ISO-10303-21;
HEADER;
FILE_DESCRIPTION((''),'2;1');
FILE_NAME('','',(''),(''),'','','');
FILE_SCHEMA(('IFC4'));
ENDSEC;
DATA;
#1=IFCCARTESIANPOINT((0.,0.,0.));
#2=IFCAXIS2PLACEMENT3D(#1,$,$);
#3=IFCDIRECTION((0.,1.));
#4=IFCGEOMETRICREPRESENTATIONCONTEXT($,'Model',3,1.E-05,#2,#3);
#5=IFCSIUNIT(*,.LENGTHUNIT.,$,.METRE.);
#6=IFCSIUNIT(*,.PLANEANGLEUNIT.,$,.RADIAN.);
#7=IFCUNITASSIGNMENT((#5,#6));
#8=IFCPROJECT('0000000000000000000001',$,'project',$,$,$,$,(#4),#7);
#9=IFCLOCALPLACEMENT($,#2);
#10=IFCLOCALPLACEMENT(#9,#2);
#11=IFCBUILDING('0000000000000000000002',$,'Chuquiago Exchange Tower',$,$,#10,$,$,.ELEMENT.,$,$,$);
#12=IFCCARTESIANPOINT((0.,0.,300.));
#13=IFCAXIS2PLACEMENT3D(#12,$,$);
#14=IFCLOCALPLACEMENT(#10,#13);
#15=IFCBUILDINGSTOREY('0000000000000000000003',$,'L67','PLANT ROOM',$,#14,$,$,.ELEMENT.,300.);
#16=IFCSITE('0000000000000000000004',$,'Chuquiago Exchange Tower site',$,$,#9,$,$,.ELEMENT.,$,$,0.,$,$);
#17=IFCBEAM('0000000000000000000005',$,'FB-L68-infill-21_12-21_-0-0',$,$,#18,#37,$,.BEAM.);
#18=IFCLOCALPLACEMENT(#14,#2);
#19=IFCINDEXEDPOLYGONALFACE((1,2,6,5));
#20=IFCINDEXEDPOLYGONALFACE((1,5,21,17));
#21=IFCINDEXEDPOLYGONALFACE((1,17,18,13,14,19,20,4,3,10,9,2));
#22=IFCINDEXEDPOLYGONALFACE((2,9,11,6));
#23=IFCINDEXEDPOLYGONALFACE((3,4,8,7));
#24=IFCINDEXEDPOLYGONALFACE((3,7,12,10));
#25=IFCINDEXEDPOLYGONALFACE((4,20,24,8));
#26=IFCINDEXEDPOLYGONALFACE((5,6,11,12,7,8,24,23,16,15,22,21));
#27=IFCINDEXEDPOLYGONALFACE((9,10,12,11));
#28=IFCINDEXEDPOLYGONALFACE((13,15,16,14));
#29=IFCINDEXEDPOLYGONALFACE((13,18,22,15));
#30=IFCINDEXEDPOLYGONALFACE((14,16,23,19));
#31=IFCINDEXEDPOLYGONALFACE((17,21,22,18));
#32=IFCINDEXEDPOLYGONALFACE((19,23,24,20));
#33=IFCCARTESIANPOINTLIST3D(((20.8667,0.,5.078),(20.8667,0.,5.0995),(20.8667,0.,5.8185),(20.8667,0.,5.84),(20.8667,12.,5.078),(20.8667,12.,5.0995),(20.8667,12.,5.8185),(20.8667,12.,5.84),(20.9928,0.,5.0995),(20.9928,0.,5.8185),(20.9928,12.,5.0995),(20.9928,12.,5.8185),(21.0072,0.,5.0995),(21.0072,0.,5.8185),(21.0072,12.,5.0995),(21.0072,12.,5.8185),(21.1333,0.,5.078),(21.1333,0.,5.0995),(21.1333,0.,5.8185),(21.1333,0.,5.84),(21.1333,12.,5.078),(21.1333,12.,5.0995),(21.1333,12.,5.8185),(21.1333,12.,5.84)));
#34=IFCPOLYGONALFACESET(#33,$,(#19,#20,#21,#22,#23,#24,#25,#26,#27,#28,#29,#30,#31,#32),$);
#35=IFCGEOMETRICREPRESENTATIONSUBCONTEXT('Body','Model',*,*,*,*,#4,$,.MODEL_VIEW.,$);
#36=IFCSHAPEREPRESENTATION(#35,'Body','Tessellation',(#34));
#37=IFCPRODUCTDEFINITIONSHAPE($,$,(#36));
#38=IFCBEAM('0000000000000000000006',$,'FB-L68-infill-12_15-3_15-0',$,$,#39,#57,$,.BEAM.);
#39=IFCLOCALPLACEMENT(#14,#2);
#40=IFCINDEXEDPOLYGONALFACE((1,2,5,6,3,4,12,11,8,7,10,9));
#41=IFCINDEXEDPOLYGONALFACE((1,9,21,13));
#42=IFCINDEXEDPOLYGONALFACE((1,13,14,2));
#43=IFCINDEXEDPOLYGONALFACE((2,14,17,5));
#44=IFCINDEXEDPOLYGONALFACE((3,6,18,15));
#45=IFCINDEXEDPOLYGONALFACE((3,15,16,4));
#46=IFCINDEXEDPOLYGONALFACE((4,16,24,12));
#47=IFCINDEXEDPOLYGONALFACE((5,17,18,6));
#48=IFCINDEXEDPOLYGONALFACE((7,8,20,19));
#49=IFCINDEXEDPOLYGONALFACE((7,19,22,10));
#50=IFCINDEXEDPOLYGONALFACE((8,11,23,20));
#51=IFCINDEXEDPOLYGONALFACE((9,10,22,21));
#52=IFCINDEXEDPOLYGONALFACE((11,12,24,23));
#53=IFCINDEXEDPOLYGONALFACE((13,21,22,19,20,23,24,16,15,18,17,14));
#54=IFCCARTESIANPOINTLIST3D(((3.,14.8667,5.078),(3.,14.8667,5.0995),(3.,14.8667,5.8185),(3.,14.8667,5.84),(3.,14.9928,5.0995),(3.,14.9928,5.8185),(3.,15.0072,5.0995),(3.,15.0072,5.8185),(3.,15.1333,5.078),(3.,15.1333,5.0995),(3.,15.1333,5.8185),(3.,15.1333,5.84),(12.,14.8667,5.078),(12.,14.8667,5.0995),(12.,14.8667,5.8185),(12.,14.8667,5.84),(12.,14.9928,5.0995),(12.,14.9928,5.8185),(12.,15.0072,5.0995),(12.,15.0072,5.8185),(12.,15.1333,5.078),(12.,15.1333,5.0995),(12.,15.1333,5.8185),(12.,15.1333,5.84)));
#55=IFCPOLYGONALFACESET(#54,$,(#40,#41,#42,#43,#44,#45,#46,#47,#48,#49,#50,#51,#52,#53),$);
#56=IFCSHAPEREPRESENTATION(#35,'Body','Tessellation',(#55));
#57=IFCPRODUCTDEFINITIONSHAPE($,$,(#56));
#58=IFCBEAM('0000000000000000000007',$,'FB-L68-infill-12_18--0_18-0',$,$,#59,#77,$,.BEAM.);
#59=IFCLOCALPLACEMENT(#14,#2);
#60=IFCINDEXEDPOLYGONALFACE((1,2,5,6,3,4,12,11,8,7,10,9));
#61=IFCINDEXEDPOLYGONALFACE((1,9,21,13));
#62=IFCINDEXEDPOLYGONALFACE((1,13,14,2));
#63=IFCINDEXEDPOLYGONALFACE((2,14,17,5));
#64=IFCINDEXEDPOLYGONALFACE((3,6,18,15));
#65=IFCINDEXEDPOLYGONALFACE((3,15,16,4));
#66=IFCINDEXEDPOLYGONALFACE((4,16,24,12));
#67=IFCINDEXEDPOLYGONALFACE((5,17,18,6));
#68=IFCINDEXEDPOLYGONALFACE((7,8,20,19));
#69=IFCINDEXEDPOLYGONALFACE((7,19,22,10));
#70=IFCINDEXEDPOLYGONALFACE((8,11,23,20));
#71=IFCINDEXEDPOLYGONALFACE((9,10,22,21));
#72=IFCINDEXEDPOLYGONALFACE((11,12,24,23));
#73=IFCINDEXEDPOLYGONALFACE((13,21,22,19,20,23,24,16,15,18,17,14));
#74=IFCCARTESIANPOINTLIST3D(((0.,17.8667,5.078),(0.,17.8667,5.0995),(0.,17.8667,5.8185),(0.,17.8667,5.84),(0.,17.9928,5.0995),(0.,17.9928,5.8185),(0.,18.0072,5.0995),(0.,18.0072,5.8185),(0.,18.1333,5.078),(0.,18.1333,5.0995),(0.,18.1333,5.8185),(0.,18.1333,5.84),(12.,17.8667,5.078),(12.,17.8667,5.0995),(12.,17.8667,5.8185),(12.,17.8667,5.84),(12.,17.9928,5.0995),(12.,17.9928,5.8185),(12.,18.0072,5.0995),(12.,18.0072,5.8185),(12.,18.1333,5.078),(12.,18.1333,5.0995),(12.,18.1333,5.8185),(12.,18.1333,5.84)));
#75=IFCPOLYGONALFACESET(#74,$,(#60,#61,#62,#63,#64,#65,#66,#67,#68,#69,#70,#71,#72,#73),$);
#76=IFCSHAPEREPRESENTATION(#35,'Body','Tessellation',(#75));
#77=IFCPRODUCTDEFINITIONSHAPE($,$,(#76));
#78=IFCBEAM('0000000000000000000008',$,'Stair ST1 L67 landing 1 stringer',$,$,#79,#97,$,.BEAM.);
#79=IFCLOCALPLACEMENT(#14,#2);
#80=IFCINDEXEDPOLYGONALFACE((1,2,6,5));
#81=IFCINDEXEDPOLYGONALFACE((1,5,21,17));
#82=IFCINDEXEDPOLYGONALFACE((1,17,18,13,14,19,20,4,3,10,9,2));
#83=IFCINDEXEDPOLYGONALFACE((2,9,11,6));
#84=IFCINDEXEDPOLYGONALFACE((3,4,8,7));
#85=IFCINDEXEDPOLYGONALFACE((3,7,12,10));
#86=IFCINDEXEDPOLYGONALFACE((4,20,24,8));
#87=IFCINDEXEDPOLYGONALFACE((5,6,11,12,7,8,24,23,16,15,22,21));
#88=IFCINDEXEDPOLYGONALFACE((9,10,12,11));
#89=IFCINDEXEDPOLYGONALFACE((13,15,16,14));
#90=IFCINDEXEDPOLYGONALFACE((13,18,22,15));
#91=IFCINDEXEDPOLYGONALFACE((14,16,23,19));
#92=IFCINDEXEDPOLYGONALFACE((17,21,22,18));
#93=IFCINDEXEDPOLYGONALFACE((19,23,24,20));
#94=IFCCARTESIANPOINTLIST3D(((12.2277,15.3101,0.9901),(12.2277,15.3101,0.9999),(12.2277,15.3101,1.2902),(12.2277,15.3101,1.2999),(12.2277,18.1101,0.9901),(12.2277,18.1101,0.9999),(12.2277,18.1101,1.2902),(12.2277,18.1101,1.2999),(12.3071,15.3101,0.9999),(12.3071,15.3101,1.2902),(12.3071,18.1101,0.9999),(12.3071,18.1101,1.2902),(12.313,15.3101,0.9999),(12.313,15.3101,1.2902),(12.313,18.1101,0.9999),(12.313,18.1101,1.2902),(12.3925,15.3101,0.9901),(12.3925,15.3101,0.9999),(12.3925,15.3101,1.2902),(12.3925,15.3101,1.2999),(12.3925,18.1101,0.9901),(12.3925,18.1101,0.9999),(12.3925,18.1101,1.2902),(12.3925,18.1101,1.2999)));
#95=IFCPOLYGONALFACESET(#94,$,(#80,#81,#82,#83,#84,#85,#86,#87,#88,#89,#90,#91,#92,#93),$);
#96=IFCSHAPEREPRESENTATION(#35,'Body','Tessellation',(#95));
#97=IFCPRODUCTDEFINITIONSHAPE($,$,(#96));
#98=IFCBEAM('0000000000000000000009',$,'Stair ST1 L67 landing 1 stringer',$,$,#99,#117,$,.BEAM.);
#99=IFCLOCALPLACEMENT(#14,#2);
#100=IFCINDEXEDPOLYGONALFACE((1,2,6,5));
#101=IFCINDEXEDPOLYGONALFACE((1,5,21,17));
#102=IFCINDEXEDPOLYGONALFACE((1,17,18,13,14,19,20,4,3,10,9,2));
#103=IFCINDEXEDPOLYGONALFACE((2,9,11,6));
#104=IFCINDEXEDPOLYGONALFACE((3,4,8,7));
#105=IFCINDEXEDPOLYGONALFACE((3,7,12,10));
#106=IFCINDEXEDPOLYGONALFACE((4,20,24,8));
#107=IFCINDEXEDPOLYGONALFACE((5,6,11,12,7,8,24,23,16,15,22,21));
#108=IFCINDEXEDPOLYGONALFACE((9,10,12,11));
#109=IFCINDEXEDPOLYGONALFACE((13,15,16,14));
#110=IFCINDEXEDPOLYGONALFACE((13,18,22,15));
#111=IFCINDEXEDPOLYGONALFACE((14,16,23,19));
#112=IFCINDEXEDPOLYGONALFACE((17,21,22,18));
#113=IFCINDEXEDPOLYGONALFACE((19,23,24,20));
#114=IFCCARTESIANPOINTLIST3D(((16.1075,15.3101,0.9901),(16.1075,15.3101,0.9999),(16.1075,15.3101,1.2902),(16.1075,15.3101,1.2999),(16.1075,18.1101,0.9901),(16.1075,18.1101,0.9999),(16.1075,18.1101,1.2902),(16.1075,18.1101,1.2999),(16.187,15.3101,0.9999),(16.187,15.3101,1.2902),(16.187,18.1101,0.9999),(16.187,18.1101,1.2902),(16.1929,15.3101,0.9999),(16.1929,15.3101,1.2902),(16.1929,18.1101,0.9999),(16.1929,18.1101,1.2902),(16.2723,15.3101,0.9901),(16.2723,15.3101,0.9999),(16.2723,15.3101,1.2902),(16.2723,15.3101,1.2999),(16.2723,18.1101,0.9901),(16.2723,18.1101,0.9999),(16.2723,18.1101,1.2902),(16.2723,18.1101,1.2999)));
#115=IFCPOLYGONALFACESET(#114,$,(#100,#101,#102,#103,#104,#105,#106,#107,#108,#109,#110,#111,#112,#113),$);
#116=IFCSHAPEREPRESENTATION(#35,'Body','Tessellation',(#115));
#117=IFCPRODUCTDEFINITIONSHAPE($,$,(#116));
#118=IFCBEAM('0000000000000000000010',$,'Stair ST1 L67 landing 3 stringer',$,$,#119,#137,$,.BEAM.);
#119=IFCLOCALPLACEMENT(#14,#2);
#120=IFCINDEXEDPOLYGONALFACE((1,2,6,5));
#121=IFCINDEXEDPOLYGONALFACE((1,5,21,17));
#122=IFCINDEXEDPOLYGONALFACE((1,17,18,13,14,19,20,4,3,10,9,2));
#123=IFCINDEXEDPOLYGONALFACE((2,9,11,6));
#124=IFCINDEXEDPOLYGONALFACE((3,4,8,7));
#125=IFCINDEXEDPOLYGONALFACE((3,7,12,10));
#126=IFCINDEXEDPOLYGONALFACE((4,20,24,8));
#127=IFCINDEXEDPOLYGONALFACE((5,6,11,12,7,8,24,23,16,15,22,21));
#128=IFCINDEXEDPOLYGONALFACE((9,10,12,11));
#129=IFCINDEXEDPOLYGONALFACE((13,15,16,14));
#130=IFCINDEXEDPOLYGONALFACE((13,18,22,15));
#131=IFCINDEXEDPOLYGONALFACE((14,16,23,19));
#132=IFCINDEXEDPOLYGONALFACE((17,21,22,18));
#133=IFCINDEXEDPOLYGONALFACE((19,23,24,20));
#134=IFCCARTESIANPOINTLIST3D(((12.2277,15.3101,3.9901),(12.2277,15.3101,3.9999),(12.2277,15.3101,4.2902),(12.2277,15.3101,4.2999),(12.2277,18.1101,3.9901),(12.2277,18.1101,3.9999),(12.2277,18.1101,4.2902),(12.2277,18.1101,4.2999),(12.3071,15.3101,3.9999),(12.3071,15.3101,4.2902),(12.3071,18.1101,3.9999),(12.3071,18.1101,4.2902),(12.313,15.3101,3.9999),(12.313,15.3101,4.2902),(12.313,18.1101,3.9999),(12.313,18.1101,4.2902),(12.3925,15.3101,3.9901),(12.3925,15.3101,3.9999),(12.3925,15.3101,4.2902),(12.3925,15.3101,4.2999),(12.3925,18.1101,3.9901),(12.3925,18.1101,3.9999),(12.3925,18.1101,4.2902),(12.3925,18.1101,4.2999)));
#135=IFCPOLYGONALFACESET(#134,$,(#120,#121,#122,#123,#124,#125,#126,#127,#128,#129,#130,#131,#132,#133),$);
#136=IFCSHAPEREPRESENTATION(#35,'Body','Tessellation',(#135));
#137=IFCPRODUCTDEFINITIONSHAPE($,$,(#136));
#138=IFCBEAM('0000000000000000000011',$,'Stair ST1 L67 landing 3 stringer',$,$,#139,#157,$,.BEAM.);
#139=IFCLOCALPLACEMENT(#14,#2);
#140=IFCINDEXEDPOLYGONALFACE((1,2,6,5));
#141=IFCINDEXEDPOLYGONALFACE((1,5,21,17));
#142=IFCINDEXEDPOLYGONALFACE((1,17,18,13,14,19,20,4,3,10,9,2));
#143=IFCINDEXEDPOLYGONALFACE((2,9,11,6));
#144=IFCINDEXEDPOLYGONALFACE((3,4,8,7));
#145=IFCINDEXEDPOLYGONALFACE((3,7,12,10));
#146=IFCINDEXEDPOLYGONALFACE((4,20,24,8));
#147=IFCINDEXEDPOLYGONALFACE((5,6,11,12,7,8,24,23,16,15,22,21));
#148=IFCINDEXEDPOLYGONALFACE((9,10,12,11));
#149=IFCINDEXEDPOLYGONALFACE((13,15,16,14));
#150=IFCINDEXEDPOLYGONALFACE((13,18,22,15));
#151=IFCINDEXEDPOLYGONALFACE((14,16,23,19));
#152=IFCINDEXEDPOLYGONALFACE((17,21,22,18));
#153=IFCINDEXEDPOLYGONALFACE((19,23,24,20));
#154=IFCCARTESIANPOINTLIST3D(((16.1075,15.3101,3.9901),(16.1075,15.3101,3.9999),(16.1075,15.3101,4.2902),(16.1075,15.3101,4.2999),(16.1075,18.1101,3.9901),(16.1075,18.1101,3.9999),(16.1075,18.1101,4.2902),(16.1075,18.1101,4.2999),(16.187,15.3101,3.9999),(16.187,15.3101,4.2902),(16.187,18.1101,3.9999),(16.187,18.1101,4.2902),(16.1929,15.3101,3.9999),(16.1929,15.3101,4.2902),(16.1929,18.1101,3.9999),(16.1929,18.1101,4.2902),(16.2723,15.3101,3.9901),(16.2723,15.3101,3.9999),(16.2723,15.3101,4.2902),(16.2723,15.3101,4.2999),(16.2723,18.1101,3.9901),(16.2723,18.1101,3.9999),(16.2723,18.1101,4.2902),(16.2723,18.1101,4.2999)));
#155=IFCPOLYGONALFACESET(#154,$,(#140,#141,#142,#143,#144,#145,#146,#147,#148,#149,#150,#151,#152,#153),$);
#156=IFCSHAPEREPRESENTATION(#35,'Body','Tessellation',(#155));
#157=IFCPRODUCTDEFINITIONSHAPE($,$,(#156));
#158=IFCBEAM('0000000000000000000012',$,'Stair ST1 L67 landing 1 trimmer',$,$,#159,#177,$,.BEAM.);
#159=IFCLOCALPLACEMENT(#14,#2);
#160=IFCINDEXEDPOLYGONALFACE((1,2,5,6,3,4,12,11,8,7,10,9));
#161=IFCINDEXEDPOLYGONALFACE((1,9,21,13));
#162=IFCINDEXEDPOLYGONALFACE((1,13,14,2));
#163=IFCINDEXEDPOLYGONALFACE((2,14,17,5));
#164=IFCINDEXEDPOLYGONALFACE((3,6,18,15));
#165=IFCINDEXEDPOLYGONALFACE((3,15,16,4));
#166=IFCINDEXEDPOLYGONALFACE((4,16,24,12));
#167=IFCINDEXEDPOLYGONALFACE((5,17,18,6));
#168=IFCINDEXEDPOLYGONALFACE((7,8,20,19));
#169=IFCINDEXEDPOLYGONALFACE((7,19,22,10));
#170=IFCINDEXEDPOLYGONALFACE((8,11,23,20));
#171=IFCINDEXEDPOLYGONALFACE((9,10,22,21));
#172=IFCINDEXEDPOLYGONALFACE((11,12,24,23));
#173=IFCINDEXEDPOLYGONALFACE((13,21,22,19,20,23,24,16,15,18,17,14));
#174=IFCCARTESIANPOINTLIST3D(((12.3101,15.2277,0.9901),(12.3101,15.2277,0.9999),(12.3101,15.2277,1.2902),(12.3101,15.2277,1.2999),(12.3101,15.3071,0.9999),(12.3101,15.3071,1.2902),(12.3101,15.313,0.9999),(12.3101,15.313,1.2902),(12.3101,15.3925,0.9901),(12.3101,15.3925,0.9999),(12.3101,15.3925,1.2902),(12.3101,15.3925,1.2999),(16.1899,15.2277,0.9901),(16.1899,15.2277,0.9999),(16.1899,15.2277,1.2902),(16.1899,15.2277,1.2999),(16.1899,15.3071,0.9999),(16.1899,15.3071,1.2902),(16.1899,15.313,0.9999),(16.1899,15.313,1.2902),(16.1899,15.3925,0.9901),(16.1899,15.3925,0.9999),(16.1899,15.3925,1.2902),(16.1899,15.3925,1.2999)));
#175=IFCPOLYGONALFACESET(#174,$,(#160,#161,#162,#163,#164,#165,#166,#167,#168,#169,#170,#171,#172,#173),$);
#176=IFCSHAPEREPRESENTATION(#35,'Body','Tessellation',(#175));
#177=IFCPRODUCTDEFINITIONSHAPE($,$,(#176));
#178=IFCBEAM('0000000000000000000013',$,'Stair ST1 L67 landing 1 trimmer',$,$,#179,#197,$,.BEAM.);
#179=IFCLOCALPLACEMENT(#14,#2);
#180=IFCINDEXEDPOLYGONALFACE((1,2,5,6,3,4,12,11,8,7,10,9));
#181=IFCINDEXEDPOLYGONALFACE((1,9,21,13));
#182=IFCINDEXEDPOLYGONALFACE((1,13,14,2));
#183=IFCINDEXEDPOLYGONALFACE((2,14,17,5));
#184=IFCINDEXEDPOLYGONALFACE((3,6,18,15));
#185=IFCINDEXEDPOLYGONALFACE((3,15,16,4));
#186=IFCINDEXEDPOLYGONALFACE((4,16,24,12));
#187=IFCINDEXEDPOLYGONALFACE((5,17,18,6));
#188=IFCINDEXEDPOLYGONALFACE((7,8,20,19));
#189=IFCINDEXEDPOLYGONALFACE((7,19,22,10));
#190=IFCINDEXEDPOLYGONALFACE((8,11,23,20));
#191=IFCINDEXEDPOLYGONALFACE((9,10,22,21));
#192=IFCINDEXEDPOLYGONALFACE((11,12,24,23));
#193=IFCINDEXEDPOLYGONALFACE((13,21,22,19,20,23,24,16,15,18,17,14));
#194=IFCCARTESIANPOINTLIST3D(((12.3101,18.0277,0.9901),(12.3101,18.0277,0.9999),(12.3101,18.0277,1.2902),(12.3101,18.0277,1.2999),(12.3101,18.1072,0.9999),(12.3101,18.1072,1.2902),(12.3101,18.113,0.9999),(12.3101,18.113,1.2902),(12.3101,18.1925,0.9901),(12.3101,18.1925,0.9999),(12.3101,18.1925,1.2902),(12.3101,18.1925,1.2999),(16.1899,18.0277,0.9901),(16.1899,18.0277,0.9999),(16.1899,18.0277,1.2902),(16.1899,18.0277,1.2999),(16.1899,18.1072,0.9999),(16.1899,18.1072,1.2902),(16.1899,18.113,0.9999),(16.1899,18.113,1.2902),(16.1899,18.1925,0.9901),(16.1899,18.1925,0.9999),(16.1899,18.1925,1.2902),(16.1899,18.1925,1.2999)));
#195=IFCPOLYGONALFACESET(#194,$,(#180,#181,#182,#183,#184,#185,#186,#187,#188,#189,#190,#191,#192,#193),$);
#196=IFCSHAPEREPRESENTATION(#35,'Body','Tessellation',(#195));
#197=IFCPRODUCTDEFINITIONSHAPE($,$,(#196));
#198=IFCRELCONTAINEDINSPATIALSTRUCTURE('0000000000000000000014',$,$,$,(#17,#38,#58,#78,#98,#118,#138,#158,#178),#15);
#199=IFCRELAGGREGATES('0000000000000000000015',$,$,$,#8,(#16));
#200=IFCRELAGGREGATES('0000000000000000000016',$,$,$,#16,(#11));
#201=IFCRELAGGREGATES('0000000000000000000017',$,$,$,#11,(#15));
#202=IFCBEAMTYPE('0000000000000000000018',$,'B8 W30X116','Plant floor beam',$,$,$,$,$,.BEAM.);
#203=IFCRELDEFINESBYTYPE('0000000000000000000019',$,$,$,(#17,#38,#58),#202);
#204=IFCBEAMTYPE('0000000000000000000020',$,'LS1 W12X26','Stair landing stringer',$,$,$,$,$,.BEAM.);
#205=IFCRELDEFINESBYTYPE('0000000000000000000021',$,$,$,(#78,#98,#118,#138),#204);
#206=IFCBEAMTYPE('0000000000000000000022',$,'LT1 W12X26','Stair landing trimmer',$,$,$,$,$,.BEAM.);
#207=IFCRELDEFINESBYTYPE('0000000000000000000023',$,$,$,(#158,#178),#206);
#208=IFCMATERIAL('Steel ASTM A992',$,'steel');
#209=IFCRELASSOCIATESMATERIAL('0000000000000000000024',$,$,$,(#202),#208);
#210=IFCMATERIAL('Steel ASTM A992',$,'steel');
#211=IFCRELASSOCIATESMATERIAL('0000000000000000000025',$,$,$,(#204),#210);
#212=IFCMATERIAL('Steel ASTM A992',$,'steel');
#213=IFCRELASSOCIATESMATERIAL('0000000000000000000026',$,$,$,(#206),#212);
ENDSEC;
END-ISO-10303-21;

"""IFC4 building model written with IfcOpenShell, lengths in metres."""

from ifc_helpers import new_model, si_unit, direction, frame, origin, origin_2d, place, context, subcontext, project, spatial, i_section, extrude, material, material_profile, profile_set, type_object, element, save


model = new_model("IFC4")

# Units and contexts
model_context = context("Model", 3, precision=1e-05, world=origin(), true_north=direction((0.0, 1.0)))
body_context = subcontext(model_context, "Body", "Model", "MODEL_VIEW")
ifc_project = project(units=[si_unit("LENGTHUNIT", "METRE"), si_unit("PLANEANGLEUNIT", "RADIAN")], contexts=[model_context])

# Site, building, storey
site_placement = place(None, origin())
site = spatial("IfcSite", under=ifc_project, at=site_placement, Name="Chuquiago Exchange Tower site", CompositionType="ELEMENT", RefElevation=0.0)
building_placement = place(site_placement, origin())
building = spatial("IfcBuilding", under=site, at=building_placement, Name="Chuquiago Exchange Tower", CompositionType="ELEMENT")
storey_placement = place(building_placement, frame((0.0, 0.0, 300.0)))
storey = spatial("IfcBuildingStorey", under=building, at=storey_placement, Name="L67", Description="PLANT ROOM", CompositionType="ELEMENT", Elevation=300.0)

# Beams
ifc_material_1 = material(Name="Steel ASTM A992", Category="steel")
ifc_material_profile_1 = material_profile(ifc_material_1, i_section(OverallWidth=0.2666, OverallDepth=0.762, WebThickness=0.0144, FlangeThickness=0.0215, at=origin_2d()), Name="W30X116")
ifc_profile_set_1 = profile_set([ifc_material_profile_1], Name="Steel ASTM A992")
beam_type_1 = type_object("IfcBeamType", Name="B8 W30X116", Description="Plant floor beam", PredefinedType="BEAM", material=ifc_profile_set_1)
for number, where, z_axis, x_axis, name in (
    (1, (21.0, 12.0, 5.459), (0.0, -1.0, 0.0), (1.0, 0.0, 0.0), "FB-L68-infill-21_12-21_-0-0"),
):
    element("IfcBeam", number, at=place(storey_placement, frame(where, z_axis=z_axis, x_axis=x_axis)), inside=storey, type_object=beam_type_1, Name=name, PredefinedType="BEAM", context=body_context, shape_type="SweptSolid", body=[
        extrude(i_section(OverallWidth=0.2666, OverallDepth=0.762, WebThickness=0.0144, FlangeThickness=0.0215, at=origin_2d()), origin(), (0.0, 0.0, 1.0), 12.0),
    ])
beam_1_placement = place(storey_placement, frame((12.0, 15.0, 5.459), z_axis=(-1.0, 0.0, 0.0), x_axis=(0.0, -1.0, 0.0)))
element("IfcBeam", 2, at=beam_1_placement, inside=storey, type_object=beam_type_1, Name="FB-L68-infill-12_15-3_15-0", PredefinedType="BEAM", context=body_context, shape_type="SweptSolid", body=[
    extrude(i_section(OverallWidth=0.2666, OverallDepth=0.762, WebThickness=0.0144, FlangeThickness=0.0215, at=origin_2d()), origin(), (0.0, 0.0, 1.0), 9.0),
])
beam_2_placement = place(storey_placement, frame((12.0, 18.0, 5.459), z_axis=(-1.0, 0.0, 0.0), x_axis=(0.0, -1.0, 0.0)))
element("IfcBeam", 3, at=beam_2_placement, inside=storey, type_object=beam_type_1, Name="FB-L68-infill-12_18--0_18-0", PredefinedType="BEAM", context=body_context, shape_type="SweptSolid", body=[
    extrude(i_section(OverallWidth=0.2666, OverallDepth=0.762, WebThickness=0.0144, FlangeThickness=0.0215, at=origin_2d()), origin(), (0.0, 0.0, 1.0), 12.0),
])
ifc_material_2 = material(Name="Steel ASTM A992", Category="steel")
ifc_material_profile_2 = material_profile(ifc_material_2, i_section(OverallWidth=0.1648, OverallDepth=0.3098, WebThickness=0.0059, FlangeThickness=0.0098, at=origin_2d()), Name="W12X26")
ifc_profile_set_2 = profile_set([ifc_material_profile_2], Name="Steel ASTM A992")
beam_type_2 = type_object("IfcBeamType", Name="LS1 W12X26", Description="Stair landing stringer", PredefinedType="BEAM", material=ifc_profile_set_2)
for number, where, z_axis, x_axis, name in (
    (4, (12.3101, 15.3101, 1.145), (0.0, 1.0, 0.0), (-1.0, 0.0, 0.0), "Stair ST1 L67 landing 1 stringer"),
    (5, (16.1899, 15.3101, 1.145), (0.0, 1.0, 0.0), (-1.0, 0.0, 0.0), "Stair ST1 L67 landing 1 stringer"),
    (6, (12.3101, 15.3101, 4.145), (0.0, 1.0, 0.0), (-1.0, 0.0, 0.0), "Stair ST1 L67 landing 3 stringer"),
    (7, (16.1899, 15.3101, 4.145), (0.0, 1.0, 0.0), (-1.0, 0.0, 0.0), "Stair ST1 L67 landing 3 stringer"),
):
    element("IfcBeam", number, at=place(storey_placement, frame(where, z_axis=z_axis, x_axis=x_axis)), inside=storey, type_object=beam_type_2, Name=name, PredefinedType="BEAM", context=body_context, shape_type="SweptSolid", body=[
        extrude(i_section(OverallWidth=0.1648, OverallDepth=0.3098, WebThickness=0.0059, FlangeThickness=0.0098, at=origin_2d()), origin(), (0.0, 0.0, 1.0), 2.8),
    ])
ifc_material_3 = material(Name="Steel ASTM A992", Category="steel")
ifc_material_profile_3 = material_profile(ifc_material_3, i_section(OverallWidth=0.1648, OverallDepth=0.3098, WebThickness=0.0059, FlangeThickness=0.0098, at=origin_2d()), Name="W12X26")
ifc_profile_set_3 = profile_set([ifc_material_profile_3], Name="Steel ASTM A992")
beam_type_3 = type_object("IfcBeamType", Name="LT1 W12X26", Description="Stair landing trimmer", PredefinedType="BEAM", material=ifc_profile_set_3)
for number, where, z_axis, x_axis, name in (
    (8, (12.3101, 15.3101, 1.145), (1.0, 0.0, 0.0), (0.0, 1.0, 0.0), "Stair ST1 L67 landing 1 trimmer"),
    (9, (12.3101, 18.1101, 1.145), (1.0, 0.0, 0.0), (0.0, 1.0, 0.0), "Stair ST1 L67 landing 1 trimmer"),
):
    element("IfcBeam", number, at=place(storey_placement, frame(where, z_axis=z_axis, x_axis=x_axis)), inside=storey, type_object=beam_type_3, Name=name, PredefinedType="BEAM", context=body_context, shape_type="SweptSolid", body=[
        extrude(i_section(OverallWidth=0.1648, OverallDepth=0.3098, WebThickness=0.0059, FlangeThickness=0.0098, at=origin_2d()), origin(), (0.0, 0.0, 1.0), 3.8799),
    ])

save(model, "model.ifc")
